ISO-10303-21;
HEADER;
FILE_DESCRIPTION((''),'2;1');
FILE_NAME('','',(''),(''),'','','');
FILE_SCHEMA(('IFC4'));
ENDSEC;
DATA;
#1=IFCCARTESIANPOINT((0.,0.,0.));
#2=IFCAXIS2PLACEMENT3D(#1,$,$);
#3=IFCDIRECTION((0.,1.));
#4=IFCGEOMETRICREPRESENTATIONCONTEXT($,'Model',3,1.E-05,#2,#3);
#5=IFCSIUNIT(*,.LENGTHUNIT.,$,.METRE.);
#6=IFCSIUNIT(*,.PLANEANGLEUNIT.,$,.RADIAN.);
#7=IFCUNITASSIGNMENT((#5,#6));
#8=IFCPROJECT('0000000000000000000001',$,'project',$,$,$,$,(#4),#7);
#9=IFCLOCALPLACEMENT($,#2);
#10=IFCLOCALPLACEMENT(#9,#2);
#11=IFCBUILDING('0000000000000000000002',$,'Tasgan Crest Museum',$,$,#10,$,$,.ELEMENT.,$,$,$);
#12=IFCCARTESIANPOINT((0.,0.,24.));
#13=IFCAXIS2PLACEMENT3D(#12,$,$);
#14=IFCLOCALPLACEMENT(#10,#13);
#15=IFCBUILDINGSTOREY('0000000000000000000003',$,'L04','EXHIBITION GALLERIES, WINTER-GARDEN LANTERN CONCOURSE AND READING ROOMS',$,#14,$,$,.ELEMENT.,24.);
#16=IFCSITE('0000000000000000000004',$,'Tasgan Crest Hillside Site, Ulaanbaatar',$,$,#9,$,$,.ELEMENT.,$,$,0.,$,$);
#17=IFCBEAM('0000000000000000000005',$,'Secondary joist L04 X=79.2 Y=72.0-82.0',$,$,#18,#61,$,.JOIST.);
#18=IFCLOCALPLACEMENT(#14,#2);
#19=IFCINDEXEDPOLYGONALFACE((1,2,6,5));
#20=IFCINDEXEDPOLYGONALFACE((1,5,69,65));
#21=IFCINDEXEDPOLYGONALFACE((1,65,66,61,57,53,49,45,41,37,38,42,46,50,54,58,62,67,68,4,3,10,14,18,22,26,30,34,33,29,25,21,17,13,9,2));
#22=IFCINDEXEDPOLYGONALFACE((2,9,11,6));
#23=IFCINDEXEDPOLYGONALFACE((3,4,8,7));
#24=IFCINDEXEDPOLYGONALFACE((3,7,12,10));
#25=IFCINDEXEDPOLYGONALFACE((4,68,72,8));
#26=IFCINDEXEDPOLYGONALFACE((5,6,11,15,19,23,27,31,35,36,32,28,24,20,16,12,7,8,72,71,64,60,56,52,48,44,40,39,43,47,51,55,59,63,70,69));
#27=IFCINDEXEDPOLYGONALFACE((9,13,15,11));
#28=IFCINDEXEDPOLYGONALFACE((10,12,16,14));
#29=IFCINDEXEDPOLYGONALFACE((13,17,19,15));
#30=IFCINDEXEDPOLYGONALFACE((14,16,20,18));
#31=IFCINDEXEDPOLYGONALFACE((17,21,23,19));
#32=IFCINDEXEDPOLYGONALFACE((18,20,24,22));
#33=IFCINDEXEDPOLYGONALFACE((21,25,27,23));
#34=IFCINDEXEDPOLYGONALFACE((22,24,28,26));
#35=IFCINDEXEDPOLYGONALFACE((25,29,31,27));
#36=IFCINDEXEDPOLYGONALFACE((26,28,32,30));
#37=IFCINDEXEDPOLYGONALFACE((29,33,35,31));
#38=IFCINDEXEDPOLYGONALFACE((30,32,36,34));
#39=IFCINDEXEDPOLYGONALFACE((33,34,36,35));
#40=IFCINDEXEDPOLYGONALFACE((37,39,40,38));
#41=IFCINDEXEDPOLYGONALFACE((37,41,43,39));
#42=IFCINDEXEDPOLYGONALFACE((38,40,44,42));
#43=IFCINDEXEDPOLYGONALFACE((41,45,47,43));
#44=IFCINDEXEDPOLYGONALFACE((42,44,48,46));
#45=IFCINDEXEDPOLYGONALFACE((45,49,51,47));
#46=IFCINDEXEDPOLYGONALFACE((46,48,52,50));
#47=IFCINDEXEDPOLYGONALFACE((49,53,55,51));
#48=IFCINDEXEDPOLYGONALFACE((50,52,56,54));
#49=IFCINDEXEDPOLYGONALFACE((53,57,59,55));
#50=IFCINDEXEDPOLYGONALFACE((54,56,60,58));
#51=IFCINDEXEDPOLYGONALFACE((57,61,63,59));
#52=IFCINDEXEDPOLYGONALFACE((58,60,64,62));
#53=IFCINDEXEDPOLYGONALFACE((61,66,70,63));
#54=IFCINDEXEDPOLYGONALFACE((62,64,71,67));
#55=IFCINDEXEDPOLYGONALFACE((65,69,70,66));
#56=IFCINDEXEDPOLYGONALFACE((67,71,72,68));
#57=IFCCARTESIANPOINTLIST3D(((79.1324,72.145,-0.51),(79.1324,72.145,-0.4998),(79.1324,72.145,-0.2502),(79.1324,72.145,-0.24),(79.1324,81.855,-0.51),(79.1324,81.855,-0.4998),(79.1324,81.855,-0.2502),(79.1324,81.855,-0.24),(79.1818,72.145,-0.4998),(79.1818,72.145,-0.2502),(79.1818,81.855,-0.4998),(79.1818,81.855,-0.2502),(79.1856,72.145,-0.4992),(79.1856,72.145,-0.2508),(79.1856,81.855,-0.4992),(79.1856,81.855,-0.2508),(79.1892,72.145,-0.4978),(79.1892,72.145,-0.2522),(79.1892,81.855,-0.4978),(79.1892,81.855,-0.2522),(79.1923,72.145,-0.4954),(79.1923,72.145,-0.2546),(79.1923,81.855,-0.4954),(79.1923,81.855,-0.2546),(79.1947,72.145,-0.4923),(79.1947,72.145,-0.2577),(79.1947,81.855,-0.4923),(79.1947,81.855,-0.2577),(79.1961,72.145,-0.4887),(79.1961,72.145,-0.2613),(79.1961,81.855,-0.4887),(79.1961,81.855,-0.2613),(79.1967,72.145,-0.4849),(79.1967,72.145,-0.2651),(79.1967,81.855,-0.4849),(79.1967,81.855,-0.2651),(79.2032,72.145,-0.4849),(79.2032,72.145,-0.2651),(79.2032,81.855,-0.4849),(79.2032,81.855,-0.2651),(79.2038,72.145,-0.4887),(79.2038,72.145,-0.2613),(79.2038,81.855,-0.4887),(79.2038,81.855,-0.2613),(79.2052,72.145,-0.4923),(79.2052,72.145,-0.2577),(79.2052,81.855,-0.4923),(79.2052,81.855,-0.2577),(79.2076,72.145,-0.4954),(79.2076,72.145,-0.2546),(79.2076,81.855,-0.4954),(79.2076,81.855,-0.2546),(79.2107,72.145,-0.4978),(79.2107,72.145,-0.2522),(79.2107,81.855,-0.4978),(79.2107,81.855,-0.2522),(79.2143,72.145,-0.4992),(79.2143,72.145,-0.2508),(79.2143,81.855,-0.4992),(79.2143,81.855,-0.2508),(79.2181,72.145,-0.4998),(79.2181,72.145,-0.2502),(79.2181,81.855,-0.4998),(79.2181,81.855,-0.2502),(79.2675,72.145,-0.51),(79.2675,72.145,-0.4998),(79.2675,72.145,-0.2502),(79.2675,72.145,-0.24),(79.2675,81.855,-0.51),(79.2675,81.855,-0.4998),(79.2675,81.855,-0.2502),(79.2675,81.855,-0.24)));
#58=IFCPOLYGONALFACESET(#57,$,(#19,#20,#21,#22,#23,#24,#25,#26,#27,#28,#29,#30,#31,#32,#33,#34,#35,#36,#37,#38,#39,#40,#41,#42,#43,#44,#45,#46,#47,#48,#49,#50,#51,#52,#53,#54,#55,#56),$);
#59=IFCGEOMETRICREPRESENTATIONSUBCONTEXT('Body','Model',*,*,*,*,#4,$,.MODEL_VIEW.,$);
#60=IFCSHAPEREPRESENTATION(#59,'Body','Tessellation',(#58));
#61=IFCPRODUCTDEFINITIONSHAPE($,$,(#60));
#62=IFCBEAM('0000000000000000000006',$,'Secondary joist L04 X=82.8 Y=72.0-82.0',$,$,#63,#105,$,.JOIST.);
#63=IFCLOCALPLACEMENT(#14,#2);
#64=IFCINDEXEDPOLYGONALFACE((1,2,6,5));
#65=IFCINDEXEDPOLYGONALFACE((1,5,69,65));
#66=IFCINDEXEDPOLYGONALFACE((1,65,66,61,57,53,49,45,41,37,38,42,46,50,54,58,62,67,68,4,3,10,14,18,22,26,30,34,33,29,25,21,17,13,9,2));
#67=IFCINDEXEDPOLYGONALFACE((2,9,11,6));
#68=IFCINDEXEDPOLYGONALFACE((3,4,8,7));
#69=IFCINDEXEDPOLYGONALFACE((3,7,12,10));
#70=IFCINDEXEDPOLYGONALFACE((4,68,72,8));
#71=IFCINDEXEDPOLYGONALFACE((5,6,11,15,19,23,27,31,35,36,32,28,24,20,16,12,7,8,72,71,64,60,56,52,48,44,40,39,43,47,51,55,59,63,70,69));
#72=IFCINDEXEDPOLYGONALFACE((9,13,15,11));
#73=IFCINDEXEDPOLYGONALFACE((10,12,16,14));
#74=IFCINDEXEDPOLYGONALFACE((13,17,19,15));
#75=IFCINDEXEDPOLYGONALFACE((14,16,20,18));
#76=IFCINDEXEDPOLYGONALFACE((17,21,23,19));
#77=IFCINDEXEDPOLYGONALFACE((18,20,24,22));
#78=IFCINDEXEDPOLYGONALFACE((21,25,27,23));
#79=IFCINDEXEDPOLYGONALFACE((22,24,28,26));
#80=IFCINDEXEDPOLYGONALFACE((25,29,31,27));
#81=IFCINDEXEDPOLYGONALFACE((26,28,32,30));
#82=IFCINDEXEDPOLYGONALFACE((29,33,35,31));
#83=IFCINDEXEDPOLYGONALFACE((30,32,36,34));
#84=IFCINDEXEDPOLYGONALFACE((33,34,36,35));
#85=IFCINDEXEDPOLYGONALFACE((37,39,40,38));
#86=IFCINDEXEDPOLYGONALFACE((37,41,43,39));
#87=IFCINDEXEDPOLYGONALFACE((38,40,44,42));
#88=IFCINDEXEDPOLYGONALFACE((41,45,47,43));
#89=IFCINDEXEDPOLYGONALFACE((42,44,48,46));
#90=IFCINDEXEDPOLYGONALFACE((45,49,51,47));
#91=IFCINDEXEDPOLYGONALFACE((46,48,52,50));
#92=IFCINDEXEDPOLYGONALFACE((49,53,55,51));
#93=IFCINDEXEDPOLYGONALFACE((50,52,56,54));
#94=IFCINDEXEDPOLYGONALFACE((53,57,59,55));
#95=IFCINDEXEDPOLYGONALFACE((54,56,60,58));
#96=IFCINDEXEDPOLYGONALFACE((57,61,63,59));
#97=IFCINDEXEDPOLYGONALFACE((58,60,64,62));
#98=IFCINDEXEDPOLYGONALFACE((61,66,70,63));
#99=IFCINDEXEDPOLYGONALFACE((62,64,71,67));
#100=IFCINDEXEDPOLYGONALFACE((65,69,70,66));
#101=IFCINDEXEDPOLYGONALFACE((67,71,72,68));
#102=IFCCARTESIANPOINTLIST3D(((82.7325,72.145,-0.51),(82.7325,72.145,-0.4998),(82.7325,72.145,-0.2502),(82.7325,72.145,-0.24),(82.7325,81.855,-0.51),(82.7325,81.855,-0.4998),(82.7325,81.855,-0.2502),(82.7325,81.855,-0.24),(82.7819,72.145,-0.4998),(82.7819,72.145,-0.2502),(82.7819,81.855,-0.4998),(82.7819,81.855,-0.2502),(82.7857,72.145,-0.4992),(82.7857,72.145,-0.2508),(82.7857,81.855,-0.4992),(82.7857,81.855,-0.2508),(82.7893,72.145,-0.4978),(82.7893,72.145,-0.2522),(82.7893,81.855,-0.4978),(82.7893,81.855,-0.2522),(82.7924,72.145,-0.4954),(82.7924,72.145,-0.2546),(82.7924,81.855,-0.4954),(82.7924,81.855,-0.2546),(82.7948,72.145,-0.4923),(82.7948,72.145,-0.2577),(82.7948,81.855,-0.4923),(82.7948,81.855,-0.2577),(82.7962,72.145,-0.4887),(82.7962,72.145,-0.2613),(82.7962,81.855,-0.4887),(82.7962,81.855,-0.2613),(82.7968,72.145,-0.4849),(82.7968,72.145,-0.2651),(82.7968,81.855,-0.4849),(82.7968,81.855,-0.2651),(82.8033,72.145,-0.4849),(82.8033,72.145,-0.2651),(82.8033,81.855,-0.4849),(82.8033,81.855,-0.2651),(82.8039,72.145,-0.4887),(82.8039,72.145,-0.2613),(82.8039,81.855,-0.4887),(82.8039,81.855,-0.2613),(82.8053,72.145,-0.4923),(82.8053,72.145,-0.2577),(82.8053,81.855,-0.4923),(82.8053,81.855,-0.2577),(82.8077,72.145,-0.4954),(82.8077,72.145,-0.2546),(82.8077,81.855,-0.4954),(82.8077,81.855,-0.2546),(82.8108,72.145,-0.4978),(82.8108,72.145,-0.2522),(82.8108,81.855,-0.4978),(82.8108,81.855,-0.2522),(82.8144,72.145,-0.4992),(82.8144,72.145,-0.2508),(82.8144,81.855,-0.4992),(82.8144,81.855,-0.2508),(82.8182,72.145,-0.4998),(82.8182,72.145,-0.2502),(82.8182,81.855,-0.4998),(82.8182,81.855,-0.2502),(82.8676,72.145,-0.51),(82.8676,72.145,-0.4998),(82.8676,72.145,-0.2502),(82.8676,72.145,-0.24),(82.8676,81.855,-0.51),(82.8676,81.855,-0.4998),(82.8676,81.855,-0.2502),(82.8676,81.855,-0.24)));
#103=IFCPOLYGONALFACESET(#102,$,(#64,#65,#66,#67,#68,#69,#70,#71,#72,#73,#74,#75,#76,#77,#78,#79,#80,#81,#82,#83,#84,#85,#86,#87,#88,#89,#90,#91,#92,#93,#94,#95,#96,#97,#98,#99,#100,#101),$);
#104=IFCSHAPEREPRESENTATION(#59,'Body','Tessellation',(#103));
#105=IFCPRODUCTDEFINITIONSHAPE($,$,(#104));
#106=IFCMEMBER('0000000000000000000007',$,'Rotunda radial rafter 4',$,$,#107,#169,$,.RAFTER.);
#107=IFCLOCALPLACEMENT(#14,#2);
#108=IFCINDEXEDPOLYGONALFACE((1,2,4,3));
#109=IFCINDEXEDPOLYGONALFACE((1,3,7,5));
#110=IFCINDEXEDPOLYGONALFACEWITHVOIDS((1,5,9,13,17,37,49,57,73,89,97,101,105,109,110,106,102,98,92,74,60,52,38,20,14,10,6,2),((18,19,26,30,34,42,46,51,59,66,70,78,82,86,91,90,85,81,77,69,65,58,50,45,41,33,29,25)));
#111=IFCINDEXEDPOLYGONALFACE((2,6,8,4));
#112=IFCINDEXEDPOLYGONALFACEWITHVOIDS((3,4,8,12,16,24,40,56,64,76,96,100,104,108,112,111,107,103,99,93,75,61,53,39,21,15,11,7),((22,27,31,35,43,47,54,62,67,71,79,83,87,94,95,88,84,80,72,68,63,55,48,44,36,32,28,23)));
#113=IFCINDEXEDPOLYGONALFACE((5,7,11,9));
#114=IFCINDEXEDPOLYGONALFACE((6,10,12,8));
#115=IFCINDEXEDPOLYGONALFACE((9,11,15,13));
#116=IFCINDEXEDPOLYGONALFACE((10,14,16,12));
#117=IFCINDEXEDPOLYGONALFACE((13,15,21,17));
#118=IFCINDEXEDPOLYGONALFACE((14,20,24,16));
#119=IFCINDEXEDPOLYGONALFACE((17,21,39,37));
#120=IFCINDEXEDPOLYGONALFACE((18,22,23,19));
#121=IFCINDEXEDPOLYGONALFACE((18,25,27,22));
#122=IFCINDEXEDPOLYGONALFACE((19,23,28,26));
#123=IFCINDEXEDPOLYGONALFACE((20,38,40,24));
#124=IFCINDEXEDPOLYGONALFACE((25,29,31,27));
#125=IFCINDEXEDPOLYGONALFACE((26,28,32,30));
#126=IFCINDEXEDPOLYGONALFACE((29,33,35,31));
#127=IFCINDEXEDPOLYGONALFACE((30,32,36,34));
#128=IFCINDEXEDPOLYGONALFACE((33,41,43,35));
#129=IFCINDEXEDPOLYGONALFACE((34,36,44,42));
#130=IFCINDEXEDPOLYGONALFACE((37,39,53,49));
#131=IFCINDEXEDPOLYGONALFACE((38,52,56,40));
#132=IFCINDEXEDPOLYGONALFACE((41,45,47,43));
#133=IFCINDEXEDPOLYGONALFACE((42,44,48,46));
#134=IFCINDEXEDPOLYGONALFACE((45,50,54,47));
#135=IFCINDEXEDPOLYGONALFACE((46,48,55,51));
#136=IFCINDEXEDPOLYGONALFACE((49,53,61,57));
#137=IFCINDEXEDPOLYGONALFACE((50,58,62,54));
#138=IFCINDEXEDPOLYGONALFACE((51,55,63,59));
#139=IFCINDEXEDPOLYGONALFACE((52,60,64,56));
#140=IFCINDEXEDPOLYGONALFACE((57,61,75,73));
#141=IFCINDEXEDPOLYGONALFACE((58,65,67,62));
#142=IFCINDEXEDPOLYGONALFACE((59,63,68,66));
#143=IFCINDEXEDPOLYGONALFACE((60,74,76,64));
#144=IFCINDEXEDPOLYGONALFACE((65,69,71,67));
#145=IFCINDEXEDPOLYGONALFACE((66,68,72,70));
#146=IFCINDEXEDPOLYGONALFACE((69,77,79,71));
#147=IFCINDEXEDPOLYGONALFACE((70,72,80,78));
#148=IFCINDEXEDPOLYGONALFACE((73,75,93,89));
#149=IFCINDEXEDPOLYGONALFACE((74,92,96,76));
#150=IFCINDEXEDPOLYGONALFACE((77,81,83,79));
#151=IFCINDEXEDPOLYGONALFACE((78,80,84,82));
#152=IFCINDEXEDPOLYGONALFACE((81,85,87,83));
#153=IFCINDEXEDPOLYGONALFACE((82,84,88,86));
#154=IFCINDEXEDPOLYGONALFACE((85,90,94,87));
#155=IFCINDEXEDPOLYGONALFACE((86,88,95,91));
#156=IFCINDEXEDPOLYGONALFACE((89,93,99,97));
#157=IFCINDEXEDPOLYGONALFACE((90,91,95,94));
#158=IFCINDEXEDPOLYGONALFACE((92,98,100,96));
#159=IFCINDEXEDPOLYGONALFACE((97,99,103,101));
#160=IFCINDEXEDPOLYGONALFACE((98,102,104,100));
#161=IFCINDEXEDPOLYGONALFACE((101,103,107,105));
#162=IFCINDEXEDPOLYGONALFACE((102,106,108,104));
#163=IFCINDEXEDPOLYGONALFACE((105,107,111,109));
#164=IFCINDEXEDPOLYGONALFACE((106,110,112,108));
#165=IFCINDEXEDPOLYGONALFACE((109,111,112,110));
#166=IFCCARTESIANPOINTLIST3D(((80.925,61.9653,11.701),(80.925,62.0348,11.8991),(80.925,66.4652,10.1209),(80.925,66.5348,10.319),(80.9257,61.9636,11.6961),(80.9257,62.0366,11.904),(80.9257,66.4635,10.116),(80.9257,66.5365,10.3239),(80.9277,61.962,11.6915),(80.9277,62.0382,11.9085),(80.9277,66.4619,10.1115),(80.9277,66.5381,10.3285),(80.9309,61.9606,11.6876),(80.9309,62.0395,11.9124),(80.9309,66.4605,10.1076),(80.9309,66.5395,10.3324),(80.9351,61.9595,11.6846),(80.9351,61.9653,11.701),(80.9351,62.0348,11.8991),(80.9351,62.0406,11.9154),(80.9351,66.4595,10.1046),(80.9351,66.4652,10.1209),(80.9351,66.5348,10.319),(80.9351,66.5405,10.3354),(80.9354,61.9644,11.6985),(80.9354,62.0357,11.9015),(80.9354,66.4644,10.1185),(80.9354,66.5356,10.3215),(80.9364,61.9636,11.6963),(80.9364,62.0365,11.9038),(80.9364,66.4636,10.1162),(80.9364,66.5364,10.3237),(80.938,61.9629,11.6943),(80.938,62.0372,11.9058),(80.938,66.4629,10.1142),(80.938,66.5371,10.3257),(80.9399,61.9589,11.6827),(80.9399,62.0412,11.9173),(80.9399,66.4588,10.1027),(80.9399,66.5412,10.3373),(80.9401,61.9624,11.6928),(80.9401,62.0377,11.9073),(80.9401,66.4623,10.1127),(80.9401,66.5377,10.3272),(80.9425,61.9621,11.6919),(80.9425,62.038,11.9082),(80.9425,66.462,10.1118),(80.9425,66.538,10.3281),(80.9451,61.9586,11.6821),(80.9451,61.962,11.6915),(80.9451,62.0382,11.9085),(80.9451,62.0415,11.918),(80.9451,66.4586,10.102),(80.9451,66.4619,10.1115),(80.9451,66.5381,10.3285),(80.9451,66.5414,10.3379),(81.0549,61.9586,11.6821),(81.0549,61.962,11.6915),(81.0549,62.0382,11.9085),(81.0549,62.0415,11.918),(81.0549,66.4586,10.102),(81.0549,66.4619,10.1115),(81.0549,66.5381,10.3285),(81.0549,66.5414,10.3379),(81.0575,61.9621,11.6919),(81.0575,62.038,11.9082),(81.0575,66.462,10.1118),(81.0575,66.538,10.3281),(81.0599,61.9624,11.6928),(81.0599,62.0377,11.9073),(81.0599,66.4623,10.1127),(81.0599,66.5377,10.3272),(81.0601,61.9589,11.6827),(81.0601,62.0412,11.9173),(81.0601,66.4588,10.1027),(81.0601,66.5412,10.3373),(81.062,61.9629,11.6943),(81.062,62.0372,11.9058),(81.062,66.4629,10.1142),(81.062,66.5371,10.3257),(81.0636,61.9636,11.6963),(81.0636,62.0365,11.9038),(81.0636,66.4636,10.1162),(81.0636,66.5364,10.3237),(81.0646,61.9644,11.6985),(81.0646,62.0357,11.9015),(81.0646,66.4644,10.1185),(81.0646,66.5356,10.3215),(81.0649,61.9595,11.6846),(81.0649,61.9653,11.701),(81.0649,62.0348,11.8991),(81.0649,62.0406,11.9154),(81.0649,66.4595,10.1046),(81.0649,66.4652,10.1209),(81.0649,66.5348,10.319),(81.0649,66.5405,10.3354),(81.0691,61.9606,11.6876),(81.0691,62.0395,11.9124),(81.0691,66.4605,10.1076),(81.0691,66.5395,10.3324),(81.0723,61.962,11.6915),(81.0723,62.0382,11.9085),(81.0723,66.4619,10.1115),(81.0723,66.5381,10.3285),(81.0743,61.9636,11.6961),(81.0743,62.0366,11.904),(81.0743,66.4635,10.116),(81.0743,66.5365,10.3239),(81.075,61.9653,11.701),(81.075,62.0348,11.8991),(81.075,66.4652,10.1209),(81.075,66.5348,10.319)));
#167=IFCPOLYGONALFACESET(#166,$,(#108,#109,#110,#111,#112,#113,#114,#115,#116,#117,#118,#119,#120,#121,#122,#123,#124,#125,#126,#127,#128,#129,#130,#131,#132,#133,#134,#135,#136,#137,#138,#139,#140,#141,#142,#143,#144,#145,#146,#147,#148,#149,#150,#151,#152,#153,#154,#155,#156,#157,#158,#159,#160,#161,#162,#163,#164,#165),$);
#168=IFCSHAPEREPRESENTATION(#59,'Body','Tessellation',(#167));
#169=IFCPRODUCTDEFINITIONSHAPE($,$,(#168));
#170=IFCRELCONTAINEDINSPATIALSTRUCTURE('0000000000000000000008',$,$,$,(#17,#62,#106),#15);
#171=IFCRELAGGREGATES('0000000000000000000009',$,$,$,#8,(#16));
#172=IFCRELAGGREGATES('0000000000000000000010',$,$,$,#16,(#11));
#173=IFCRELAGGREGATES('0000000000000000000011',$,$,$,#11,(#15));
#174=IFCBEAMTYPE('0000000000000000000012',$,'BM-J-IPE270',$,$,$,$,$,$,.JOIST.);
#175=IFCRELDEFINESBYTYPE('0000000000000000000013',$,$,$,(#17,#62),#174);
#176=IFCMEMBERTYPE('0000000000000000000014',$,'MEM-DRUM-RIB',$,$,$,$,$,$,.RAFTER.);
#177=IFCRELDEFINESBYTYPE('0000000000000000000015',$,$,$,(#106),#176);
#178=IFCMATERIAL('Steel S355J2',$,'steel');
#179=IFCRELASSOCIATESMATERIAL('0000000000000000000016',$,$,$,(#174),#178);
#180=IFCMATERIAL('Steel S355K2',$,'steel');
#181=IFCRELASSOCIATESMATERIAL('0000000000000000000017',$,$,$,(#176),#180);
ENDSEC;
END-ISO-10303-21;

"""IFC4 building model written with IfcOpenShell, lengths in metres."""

from ifc_helpers import new_model, si_unit, direction, frame, origin, origin_2d, place, context, subcontext, project, spatial, hollow_rectangle, i_section, extrude, material, material_profile, profile_set, type_object, element, save


model = new_model("IFC4")

# Units and contexts
model_context = context("Model", 3, precision=1e-05, world=origin(), true_north=direction((0.0, 1.0)))
body_context = subcontext(model_context, "Body", "Model", "MODEL_VIEW")
ifc_project = project(units=[si_unit("LENGTHUNIT", "METRE"), si_unit("PLANEANGLEUNIT", "RADIAN")], contexts=[model_context])

# Site, building, storey
site_placement = place(None, origin())
site = spatial("IfcSite", under=ifc_project, at=site_placement, Name="Tasgan Crest Hillside Site, Ulaanbaatar", CompositionType="ELEMENT", RefElevation=0.0)
building_placement = place(site_placement, origin())
building = spatial("IfcBuilding", under=site, at=building_placement, Name="Tasgan Crest Museum", CompositionType="ELEMENT")
storey_placement = place(building_placement, frame((0.0, 0.0, 24.0)))
storey = spatial("IfcBuildingStorey", under=building, at=storey_placement, Name="L04", Description="EXHIBITION GALLERIES, WINTER-GARDEN LANTERN CONCOURSE AND READING ROOMS", CompositionType="ELEMENT", Elevation=24.0)

# Beams
ifc_material_1 = material(Name="Steel S355J2", Category="steel")
ifc_material_profile_1 = material_profile(ifc_material_1, i_section(OverallWidth=0.135, OverallDepth=0.27, WebThickness=0.0066, FlangeThickness=0.0103, FilletRadius=0.0149, at=origin_2d()), Name="IPE 270")
ifc_profile_set_1 = profile_set([ifc_material_profile_1], Name="Steel S355J2")
beam_type_1 = type_object("IfcBeamType", Name="BM-J-IPE270", PredefinedType="JOIST", material=ifc_profile_set_1)
for number, where, z_axis, x_axis, name in (
    (1, (79.2, 72.145, -0.375), (0.0, 1.0, 0.0), (-1.0, 0.0, 0.0), "Secondary joist L04 X=79.2 Y=72.0-82.0"),
    (2, (82.8, 72.145, -0.375), (0.0, 1.0, 0.0), (-1.0, 0.0, 0.0), "Secondary joist L04 X=82.8 Y=72.0-82.0"),
):
    element("IfcBeam", number, at=place(storey_placement, frame(where, z_axis=z_axis, x_axis=x_axis)), inside=storey, type_object=beam_type_1, Name=name, PredefinedType="JOIST", context=body_context, shape_type="SweptSolid", body=[
        extrude(i_section(OverallWidth=0.135, OverallDepth=0.27, WebThickness=0.0066, FlangeThickness=0.0103, FilletRadius=0.0149, at=origin_2d()), origin(), (0.0, 0.0, 1.0), 9.71),
    ])

# Member
ifc_material_2 = material(Name="Steel S355K2", Category="steel")
ifc_material_profile_2 = material_profile(ifc_material_2, hollow_rectangle(XDim=0.1499, YDim=0.25, WallThickness=0.01, InnerFilletRadius=0.01, OuterFilletRadius=0.02, at=origin_2d()), Name="RHS 250x150x10")
ifc_profile_set_2 = profile_set([ifc_material_profile_2], Name="Steel S355K2")
member_type_1 = type_object("IfcMemberType", Name="MEM-DRUM-RIB", PredefinedType="RAFTER", material=ifc_profile_set_2)
member_1_placement = place(storey_placement, frame((81.0, 66.5, 10.22), z_axis=(0.0, -0.943526, 0.331299), x_axis=(1.0, 0.0, 0.0)))
element("IfcMember", 3, at=member_1_placement, inside=storey, type_object=member_type_1, Name="Rotunda radial rafter 4", PredefinedType="RAFTER", context=body_context, shape_type="SweptSolid", body=[
    extrude(hollow_rectangle(XDim=0.1499, YDim=0.25, WallThickness=0.01, InnerFilletRadius=0.01, OuterFilletRadius=0.02, at=origin_2d()), origin(), (0.0, 0.0, 1.0), 4.7693),
])

save(model, "model.ifc")
